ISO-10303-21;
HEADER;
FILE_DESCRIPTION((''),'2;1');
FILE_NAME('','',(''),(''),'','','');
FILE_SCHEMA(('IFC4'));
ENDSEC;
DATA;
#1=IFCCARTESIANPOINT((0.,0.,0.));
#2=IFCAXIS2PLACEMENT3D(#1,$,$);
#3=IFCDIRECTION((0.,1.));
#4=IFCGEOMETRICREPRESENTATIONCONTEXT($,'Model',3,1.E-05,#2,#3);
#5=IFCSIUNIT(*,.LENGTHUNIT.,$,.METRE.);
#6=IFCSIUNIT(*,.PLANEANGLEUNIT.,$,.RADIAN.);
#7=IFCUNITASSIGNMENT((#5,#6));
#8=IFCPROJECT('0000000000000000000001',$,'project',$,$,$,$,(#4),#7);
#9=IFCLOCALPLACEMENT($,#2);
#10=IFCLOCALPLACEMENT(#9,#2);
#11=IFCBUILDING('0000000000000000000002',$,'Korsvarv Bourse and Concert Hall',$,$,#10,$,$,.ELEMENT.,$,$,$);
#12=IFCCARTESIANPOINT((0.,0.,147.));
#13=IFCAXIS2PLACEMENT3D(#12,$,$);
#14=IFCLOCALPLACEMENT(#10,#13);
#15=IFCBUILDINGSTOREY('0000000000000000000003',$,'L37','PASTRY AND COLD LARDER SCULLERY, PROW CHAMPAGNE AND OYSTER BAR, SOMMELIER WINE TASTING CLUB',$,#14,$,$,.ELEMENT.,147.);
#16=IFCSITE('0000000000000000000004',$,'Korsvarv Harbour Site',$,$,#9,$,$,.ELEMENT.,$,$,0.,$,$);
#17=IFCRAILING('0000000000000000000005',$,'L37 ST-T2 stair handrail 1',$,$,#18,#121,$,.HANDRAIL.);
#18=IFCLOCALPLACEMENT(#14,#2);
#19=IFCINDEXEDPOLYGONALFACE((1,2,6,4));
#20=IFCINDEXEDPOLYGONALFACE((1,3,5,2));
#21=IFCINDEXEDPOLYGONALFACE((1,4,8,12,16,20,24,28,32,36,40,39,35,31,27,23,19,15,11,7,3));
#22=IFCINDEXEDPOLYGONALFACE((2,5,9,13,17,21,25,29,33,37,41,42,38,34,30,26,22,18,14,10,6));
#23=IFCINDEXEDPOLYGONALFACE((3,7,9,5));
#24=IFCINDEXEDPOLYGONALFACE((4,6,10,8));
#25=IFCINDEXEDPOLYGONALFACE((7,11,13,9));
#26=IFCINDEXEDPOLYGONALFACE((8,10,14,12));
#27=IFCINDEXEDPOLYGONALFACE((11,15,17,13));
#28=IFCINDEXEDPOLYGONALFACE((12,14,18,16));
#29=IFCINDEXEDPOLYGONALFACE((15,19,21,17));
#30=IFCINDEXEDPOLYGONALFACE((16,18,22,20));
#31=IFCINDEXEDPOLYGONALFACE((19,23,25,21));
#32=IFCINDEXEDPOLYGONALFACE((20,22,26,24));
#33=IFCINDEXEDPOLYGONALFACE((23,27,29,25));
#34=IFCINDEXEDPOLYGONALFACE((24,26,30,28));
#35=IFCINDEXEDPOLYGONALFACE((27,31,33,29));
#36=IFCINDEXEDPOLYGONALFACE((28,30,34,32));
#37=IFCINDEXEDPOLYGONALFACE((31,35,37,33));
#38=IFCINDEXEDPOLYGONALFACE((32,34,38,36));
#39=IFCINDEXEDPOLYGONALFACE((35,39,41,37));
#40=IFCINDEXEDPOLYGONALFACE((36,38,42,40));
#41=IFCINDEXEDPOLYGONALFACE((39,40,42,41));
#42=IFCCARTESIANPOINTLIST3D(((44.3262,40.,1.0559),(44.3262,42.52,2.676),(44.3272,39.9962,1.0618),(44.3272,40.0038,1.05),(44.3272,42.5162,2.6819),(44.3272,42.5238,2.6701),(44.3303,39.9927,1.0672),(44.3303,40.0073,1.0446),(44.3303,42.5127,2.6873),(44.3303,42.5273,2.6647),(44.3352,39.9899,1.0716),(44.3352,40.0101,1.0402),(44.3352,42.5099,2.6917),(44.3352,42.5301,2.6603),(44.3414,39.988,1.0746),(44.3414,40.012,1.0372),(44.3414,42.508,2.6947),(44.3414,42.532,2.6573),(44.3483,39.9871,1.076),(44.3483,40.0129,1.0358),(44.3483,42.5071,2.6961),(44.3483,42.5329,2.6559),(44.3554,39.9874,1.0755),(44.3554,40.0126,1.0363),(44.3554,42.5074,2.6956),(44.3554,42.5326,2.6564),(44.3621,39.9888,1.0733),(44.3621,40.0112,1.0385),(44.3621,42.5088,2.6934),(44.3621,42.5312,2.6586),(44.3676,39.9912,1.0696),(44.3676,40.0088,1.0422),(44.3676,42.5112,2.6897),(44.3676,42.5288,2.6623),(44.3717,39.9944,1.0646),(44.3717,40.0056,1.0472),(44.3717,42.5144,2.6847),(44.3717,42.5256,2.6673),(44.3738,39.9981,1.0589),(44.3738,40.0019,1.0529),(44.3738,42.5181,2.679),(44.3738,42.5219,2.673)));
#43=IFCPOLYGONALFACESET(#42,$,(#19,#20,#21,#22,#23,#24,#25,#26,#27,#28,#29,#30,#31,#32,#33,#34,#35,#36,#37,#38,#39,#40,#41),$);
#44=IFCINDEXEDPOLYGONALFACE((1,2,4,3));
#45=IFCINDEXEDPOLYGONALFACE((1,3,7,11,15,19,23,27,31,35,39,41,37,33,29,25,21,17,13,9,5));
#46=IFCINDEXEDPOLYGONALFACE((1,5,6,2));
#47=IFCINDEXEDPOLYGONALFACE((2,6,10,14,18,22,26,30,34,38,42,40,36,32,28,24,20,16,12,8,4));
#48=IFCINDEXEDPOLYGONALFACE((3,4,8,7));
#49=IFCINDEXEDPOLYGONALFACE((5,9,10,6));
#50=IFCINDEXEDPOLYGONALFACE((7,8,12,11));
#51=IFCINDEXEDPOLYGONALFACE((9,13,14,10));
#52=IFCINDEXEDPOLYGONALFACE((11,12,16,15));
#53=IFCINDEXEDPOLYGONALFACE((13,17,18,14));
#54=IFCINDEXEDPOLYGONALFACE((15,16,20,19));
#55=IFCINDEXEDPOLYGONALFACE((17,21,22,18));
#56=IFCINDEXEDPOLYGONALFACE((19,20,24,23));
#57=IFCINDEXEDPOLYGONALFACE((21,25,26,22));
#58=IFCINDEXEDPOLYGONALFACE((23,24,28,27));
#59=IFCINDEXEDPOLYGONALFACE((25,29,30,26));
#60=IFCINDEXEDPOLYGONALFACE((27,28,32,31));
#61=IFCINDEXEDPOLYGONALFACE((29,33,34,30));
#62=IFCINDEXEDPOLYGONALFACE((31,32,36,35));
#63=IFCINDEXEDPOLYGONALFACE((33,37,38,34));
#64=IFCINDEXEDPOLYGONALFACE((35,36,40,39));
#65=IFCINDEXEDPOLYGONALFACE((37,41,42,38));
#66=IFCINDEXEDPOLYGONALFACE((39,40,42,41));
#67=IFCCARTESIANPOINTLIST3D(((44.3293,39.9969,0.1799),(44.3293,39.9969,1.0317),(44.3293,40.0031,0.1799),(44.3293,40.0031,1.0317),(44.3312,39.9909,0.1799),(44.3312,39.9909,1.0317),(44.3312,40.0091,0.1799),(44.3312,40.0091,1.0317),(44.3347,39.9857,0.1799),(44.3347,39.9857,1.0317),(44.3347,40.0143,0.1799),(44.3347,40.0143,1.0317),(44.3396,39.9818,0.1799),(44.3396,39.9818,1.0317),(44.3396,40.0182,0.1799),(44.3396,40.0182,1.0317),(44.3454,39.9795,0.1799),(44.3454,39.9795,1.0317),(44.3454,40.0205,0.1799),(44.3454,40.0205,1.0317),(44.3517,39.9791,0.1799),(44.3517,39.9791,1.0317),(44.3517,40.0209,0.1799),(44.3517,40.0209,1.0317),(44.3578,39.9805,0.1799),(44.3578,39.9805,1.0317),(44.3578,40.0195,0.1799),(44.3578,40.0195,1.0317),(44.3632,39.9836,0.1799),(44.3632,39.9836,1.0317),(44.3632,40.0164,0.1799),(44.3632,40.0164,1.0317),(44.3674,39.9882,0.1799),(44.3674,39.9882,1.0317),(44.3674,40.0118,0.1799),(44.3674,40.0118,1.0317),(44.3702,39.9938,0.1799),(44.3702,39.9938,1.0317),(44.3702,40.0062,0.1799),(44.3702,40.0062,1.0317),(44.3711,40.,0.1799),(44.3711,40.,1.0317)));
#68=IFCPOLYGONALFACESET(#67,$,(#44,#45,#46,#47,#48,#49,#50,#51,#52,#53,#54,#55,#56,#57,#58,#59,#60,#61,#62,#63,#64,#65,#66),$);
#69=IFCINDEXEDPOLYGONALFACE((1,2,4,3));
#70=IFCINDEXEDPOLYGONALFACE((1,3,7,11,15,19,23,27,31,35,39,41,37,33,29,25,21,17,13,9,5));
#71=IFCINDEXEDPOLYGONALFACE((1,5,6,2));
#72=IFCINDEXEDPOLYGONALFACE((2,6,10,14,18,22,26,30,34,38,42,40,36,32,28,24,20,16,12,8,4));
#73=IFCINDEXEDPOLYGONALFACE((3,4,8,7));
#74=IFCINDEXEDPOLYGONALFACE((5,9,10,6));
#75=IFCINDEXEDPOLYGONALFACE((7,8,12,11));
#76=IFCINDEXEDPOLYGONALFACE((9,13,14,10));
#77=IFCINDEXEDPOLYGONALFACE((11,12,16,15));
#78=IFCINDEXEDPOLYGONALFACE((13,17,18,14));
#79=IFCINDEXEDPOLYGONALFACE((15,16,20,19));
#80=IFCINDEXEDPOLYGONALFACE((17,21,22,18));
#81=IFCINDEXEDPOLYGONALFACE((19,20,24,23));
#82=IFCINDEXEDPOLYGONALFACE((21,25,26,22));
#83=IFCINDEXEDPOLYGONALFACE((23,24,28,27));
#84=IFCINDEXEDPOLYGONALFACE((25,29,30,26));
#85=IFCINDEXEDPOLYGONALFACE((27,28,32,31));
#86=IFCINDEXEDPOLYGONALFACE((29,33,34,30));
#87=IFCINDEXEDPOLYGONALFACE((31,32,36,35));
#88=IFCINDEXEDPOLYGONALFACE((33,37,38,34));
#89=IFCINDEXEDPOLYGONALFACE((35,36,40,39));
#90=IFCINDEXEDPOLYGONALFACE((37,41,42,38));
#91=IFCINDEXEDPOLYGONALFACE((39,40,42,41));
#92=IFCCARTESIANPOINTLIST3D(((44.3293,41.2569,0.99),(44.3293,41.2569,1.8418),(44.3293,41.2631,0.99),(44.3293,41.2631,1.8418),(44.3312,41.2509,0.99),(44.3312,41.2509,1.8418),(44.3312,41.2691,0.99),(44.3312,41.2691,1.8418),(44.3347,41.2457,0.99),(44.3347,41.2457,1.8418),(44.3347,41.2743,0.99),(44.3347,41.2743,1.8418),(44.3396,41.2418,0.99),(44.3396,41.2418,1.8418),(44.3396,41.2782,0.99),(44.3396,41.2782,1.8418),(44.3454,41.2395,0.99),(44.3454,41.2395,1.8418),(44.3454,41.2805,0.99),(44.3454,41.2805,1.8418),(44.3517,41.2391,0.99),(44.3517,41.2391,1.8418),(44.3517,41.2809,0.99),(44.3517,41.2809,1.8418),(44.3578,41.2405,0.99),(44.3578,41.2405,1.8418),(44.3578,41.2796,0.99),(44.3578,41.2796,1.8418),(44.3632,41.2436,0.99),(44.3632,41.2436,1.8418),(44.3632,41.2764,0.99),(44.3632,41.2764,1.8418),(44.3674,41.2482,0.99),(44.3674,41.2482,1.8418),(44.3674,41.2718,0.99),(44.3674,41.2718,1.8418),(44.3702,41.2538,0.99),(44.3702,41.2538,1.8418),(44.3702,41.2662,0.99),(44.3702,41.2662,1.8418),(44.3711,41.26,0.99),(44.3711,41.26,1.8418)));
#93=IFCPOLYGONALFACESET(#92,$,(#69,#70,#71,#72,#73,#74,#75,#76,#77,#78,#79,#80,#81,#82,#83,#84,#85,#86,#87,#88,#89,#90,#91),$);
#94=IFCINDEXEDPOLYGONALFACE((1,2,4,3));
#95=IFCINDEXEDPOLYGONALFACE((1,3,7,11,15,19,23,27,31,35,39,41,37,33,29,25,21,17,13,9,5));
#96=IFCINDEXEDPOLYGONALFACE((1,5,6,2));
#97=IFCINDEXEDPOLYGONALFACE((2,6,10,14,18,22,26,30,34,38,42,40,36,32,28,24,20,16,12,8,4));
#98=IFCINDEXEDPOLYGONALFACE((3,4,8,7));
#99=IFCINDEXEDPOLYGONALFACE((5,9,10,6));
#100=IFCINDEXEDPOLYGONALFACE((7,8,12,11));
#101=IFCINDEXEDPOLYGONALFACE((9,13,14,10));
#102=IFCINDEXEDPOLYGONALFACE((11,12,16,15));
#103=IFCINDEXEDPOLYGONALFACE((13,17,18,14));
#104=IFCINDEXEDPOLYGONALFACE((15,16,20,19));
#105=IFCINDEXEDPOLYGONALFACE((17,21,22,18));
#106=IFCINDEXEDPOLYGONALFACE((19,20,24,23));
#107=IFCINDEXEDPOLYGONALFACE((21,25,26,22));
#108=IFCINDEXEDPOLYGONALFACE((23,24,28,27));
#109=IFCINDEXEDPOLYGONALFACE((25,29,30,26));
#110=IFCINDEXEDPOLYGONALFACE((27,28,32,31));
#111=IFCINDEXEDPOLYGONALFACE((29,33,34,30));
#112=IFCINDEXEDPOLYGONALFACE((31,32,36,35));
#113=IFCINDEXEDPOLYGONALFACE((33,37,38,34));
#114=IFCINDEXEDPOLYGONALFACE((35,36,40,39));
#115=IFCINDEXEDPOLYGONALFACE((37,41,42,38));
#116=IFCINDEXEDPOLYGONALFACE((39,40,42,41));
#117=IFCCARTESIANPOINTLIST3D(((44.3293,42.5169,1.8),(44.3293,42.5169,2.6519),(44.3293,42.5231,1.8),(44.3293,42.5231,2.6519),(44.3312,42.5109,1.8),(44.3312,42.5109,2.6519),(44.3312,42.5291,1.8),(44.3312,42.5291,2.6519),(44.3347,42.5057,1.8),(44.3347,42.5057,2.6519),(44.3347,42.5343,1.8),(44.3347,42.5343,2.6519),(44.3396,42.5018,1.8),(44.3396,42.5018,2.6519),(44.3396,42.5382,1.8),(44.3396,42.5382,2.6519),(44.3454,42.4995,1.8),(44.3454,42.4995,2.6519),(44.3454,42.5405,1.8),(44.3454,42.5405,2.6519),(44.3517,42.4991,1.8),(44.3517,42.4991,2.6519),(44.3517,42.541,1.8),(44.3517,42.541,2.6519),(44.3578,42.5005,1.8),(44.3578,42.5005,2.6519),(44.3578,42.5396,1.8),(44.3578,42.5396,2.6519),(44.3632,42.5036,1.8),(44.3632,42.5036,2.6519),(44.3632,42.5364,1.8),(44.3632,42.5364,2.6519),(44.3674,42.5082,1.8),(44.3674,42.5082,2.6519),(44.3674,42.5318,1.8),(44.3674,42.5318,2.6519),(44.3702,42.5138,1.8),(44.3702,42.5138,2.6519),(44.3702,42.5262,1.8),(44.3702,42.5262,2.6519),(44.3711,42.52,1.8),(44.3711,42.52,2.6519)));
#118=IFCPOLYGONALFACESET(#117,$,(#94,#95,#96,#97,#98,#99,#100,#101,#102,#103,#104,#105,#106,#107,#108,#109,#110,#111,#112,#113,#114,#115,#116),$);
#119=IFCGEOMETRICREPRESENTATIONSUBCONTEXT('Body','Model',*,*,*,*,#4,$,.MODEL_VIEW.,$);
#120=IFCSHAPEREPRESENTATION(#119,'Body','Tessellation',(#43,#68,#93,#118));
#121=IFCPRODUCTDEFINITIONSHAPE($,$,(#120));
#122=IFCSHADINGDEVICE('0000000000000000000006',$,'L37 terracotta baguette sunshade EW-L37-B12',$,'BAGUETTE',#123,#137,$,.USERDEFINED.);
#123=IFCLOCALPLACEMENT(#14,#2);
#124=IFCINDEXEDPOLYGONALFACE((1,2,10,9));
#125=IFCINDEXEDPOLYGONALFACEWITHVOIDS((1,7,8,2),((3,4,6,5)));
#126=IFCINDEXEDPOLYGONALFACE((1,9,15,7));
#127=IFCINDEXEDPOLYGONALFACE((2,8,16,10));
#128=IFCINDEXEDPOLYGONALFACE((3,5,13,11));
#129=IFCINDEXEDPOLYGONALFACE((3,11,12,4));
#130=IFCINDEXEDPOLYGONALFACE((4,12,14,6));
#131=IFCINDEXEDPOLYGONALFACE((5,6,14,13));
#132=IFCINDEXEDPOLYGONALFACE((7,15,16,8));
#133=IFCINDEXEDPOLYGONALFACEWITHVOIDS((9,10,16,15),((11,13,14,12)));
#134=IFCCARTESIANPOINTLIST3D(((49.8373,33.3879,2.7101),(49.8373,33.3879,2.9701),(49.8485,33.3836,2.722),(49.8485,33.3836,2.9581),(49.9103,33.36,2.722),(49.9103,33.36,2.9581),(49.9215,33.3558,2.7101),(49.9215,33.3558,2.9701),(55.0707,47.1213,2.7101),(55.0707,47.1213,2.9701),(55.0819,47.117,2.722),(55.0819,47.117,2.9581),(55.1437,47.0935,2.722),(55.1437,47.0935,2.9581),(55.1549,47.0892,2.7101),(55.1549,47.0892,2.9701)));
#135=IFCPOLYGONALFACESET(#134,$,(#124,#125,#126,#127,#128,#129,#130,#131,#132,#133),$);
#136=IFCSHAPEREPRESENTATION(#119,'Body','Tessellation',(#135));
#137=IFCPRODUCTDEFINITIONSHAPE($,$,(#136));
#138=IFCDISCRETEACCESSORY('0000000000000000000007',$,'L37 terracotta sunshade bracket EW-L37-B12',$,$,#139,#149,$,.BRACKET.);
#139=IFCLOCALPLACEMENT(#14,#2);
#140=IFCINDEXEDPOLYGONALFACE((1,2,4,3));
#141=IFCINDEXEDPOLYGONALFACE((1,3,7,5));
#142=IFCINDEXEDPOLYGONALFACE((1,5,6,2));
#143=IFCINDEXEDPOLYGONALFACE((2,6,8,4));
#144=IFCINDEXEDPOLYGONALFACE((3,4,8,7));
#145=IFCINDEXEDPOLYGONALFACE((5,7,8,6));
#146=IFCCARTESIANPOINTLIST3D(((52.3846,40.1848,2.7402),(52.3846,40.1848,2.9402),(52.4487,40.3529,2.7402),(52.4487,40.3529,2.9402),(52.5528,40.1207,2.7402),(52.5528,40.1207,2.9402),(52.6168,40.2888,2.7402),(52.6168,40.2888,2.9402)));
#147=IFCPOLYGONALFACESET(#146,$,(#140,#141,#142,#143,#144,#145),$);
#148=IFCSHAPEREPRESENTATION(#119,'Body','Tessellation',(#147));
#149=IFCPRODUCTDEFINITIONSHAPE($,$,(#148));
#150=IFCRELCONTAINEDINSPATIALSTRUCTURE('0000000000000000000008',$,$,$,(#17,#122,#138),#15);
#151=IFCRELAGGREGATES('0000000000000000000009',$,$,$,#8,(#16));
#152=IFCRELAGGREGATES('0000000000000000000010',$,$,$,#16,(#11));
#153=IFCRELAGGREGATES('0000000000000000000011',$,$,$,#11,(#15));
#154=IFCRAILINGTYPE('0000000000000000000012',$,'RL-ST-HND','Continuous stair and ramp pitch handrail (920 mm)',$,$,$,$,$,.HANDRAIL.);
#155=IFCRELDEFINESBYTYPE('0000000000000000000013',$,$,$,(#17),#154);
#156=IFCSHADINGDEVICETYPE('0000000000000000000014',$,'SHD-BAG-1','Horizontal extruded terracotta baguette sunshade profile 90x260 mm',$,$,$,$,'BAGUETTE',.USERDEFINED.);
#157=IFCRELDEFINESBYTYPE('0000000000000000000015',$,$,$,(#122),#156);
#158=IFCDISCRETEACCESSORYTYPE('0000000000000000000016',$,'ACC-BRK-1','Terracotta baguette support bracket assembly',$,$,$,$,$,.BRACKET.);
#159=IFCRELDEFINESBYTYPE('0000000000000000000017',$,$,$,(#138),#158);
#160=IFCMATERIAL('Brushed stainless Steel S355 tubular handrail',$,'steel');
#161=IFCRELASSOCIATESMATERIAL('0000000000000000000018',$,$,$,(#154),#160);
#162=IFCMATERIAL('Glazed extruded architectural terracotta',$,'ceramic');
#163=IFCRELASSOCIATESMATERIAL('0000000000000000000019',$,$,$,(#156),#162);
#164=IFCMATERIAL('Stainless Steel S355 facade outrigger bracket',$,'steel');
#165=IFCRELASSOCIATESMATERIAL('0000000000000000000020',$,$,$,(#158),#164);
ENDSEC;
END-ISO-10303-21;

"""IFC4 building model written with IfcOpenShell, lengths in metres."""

from ifc_helpers import new_model, si_unit, direction, frame, origin, origin_2d, place, context, subcontext, project, spatial, rectangle, hollow_rectangle, circle, extrude, source, transform, mapped, material, material_profile, profile_set, type_object, element, save


model = new_model("IFC4")

# Units and contexts
model_context = context("Model", 3, precision=1e-05, world=origin(), true_north=direction((0.0, 1.0)))
body_context = subcontext(model_context, "Body", "Model", "MODEL_VIEW")
ifc_project = project(units=[si_unit("LENGTHUNIT", "METRE"), si_unit("PLANEANGLEUNIT", "RADIAN")], contexts=[model_context])

# Site, building, storey
site_placement = place(None, origin())
site = spatial("IfcSite", under=ifc_project, at=site_placement, Name="Korsvarv Harbour Site", CompositionType="ELEMENT", RefElevation=0.0)
building_placement = place(site_placement, origin())
building = spatial("IfcBuilding", under=site, at=building_placement, Name="Korsvarv Bourse and Concert Hall", CompositionType="ELEMENT")
storey_placement = place(building_placement, frame((0.0, 0.0, 147.0)))
storey = spatial("IfcBuildingStorey", under=building, at=storey_placement, Name="L37", Description="PASTRY AND COLD LARDER SCULLERY, PROW CHAMPAGNE AND OYSTER BAR, SOMMELIER WINE TASTING CLUB", CompositionType="ELEMENT", Elevation=147.0)

# Railing
ifc_material_1 = material(Name="Brushed stainless Steel S355 tubular handrail", Category="steel")
railing_type_1 = type_object("IfcRailingType", Name="RL-ST-HND", Description="Continuous stair and ramp pitch handrail (920 mm)", PredefinedType="HANDRAIL", material=ifc_material_1)
railing_1_placement = place(storey_placement, frame((44.3501, 40.0, 0.1799)))
element("IfcRailing", 1, at=railing_1_placement, inside=storey, type_object=railing_type_1, Name="L37 ST-T2 stair handrail 1", PredefinedType="HANDRAIL", context=body_context, shape_type="SweptSolid", body=[
    extrude(circle(Radius=0.0239, at=origin_2d()), frame((0.0, 0.0, 0.876), z_axis=(0.0, 0.841163, 0.540782), x_axis=(-1.0, 0.0, 0.0)), (0.0, 0.0, 1.0), 2.9958),
    extrude(circle(Radius=0.021, at=origin_2d()), origin(), (0.0, 0.0, 1.0), 0.8518),
    extrude(circle(Radius=0.021, at=origin_2d()), frame((0.0, 1.26, 0.8101)), (0.0, 0.0, 1.0), 0.8518),
    extrude(circle(Radius=0.021, at=origin_2d()), frame((0.0, 2.52, 1.6201)), (0.0, 0.0, 1.0), 0.8518),
])

# Shading device
ifc_material_2 = material(Name="Glazed extruded architectural terracotta", Category="ceramic")
ifc_material_profile_1 = material_profile(ifc_material_2, hollow_rectangle(XDim=0.0901, YDim=0.26, WallThickness=0.012, at=origin_2d()), Name="TC-BAG 90x260")
ifc_profile_set_1 = profile_set([ifc_material_profile_1], Name="Glazed extruded architectural terracotta")
shading_device_type = type_object("IfcShadingDeviceType", Name="SHD-BAG-1", Description="Horizontal extruded terracotta baguette sunshade profile 90x260 mm", ElementType="BAGUETTE", PredefinedType="USERDEFINED", material=ifc_profile_set_1)
shared_shape_1 = source(origin(), body_context, "Body", "SweptSolid", [
    extrude(hollow_rectangle(XDim=0.0901, YDim=0.26, WallThickness=0.012, at=origin_2d()), origin(), (0.0, 0.0, 1.0), 14.6968),
])
shading_device_placement = place(storey_placement, frame((49.8794, 33.3718, 2.8401), z_axis=(0.356092, 0.934451, 0.0), x_axis=(-0.934451, 0.356092, 0.0)))
element("IfcShadingDevice", 2, at=shading_device_placement, inside=storey, type_object=shading_device_type, Name="L37 terracotta baguette sunshade EW-L37-B12", ObjectType="BAGUETTE", PredefinedType="USERDEFINED", context=body_context, shape_type="MappedRepresentation", body=[
    mapped(shared_shape_1, transform((0.0, 0.0, 0.0), scale=1.0)),
])

# Discrete accessory
ifc_material_3 = material(Name="Stainless Steel S355 facade outrigger bracket", Category="steel")
discrete_accessory_type = type_object("IfcDiscreteAccessoryType", Name="ACC-BRK-1", Description="Terracotta baguette support bracket assembly", PredefinedType="BRACKET", material=ifc_material_3)
shared_shape_2 = source(origin(), body_context, "Body", "SweptSolid", [
    extrude(rectangle(XDim=0.1799, YDim=0.1799, at=origin_2d()), origin(), (0.0, 0.0, 1.0), 0.2),
])
discrete_accessory_placement = place(storey_placement, frame((52.5007, 40.2368, 2.7402), z_axis=(0.0, 0.0, 1.0), x_axis=(0.356086, 0.934453, 0.0)))
element("IfcDiscreteAccessory", 3, at=discrete_accessory_placement, inside=storey, type_object=discrete_accessory_type, Name="L37 terracotta sunshade bracket EW-L37-B12", PredefinedType="BRACKET", context=body_context, shape_type="MappedRepresentation", body=[
    mapped(shared_shape_2, transform((0.0, 0.0, 0.0), scale=1.0)),
])

save(model, "model.ifc")
